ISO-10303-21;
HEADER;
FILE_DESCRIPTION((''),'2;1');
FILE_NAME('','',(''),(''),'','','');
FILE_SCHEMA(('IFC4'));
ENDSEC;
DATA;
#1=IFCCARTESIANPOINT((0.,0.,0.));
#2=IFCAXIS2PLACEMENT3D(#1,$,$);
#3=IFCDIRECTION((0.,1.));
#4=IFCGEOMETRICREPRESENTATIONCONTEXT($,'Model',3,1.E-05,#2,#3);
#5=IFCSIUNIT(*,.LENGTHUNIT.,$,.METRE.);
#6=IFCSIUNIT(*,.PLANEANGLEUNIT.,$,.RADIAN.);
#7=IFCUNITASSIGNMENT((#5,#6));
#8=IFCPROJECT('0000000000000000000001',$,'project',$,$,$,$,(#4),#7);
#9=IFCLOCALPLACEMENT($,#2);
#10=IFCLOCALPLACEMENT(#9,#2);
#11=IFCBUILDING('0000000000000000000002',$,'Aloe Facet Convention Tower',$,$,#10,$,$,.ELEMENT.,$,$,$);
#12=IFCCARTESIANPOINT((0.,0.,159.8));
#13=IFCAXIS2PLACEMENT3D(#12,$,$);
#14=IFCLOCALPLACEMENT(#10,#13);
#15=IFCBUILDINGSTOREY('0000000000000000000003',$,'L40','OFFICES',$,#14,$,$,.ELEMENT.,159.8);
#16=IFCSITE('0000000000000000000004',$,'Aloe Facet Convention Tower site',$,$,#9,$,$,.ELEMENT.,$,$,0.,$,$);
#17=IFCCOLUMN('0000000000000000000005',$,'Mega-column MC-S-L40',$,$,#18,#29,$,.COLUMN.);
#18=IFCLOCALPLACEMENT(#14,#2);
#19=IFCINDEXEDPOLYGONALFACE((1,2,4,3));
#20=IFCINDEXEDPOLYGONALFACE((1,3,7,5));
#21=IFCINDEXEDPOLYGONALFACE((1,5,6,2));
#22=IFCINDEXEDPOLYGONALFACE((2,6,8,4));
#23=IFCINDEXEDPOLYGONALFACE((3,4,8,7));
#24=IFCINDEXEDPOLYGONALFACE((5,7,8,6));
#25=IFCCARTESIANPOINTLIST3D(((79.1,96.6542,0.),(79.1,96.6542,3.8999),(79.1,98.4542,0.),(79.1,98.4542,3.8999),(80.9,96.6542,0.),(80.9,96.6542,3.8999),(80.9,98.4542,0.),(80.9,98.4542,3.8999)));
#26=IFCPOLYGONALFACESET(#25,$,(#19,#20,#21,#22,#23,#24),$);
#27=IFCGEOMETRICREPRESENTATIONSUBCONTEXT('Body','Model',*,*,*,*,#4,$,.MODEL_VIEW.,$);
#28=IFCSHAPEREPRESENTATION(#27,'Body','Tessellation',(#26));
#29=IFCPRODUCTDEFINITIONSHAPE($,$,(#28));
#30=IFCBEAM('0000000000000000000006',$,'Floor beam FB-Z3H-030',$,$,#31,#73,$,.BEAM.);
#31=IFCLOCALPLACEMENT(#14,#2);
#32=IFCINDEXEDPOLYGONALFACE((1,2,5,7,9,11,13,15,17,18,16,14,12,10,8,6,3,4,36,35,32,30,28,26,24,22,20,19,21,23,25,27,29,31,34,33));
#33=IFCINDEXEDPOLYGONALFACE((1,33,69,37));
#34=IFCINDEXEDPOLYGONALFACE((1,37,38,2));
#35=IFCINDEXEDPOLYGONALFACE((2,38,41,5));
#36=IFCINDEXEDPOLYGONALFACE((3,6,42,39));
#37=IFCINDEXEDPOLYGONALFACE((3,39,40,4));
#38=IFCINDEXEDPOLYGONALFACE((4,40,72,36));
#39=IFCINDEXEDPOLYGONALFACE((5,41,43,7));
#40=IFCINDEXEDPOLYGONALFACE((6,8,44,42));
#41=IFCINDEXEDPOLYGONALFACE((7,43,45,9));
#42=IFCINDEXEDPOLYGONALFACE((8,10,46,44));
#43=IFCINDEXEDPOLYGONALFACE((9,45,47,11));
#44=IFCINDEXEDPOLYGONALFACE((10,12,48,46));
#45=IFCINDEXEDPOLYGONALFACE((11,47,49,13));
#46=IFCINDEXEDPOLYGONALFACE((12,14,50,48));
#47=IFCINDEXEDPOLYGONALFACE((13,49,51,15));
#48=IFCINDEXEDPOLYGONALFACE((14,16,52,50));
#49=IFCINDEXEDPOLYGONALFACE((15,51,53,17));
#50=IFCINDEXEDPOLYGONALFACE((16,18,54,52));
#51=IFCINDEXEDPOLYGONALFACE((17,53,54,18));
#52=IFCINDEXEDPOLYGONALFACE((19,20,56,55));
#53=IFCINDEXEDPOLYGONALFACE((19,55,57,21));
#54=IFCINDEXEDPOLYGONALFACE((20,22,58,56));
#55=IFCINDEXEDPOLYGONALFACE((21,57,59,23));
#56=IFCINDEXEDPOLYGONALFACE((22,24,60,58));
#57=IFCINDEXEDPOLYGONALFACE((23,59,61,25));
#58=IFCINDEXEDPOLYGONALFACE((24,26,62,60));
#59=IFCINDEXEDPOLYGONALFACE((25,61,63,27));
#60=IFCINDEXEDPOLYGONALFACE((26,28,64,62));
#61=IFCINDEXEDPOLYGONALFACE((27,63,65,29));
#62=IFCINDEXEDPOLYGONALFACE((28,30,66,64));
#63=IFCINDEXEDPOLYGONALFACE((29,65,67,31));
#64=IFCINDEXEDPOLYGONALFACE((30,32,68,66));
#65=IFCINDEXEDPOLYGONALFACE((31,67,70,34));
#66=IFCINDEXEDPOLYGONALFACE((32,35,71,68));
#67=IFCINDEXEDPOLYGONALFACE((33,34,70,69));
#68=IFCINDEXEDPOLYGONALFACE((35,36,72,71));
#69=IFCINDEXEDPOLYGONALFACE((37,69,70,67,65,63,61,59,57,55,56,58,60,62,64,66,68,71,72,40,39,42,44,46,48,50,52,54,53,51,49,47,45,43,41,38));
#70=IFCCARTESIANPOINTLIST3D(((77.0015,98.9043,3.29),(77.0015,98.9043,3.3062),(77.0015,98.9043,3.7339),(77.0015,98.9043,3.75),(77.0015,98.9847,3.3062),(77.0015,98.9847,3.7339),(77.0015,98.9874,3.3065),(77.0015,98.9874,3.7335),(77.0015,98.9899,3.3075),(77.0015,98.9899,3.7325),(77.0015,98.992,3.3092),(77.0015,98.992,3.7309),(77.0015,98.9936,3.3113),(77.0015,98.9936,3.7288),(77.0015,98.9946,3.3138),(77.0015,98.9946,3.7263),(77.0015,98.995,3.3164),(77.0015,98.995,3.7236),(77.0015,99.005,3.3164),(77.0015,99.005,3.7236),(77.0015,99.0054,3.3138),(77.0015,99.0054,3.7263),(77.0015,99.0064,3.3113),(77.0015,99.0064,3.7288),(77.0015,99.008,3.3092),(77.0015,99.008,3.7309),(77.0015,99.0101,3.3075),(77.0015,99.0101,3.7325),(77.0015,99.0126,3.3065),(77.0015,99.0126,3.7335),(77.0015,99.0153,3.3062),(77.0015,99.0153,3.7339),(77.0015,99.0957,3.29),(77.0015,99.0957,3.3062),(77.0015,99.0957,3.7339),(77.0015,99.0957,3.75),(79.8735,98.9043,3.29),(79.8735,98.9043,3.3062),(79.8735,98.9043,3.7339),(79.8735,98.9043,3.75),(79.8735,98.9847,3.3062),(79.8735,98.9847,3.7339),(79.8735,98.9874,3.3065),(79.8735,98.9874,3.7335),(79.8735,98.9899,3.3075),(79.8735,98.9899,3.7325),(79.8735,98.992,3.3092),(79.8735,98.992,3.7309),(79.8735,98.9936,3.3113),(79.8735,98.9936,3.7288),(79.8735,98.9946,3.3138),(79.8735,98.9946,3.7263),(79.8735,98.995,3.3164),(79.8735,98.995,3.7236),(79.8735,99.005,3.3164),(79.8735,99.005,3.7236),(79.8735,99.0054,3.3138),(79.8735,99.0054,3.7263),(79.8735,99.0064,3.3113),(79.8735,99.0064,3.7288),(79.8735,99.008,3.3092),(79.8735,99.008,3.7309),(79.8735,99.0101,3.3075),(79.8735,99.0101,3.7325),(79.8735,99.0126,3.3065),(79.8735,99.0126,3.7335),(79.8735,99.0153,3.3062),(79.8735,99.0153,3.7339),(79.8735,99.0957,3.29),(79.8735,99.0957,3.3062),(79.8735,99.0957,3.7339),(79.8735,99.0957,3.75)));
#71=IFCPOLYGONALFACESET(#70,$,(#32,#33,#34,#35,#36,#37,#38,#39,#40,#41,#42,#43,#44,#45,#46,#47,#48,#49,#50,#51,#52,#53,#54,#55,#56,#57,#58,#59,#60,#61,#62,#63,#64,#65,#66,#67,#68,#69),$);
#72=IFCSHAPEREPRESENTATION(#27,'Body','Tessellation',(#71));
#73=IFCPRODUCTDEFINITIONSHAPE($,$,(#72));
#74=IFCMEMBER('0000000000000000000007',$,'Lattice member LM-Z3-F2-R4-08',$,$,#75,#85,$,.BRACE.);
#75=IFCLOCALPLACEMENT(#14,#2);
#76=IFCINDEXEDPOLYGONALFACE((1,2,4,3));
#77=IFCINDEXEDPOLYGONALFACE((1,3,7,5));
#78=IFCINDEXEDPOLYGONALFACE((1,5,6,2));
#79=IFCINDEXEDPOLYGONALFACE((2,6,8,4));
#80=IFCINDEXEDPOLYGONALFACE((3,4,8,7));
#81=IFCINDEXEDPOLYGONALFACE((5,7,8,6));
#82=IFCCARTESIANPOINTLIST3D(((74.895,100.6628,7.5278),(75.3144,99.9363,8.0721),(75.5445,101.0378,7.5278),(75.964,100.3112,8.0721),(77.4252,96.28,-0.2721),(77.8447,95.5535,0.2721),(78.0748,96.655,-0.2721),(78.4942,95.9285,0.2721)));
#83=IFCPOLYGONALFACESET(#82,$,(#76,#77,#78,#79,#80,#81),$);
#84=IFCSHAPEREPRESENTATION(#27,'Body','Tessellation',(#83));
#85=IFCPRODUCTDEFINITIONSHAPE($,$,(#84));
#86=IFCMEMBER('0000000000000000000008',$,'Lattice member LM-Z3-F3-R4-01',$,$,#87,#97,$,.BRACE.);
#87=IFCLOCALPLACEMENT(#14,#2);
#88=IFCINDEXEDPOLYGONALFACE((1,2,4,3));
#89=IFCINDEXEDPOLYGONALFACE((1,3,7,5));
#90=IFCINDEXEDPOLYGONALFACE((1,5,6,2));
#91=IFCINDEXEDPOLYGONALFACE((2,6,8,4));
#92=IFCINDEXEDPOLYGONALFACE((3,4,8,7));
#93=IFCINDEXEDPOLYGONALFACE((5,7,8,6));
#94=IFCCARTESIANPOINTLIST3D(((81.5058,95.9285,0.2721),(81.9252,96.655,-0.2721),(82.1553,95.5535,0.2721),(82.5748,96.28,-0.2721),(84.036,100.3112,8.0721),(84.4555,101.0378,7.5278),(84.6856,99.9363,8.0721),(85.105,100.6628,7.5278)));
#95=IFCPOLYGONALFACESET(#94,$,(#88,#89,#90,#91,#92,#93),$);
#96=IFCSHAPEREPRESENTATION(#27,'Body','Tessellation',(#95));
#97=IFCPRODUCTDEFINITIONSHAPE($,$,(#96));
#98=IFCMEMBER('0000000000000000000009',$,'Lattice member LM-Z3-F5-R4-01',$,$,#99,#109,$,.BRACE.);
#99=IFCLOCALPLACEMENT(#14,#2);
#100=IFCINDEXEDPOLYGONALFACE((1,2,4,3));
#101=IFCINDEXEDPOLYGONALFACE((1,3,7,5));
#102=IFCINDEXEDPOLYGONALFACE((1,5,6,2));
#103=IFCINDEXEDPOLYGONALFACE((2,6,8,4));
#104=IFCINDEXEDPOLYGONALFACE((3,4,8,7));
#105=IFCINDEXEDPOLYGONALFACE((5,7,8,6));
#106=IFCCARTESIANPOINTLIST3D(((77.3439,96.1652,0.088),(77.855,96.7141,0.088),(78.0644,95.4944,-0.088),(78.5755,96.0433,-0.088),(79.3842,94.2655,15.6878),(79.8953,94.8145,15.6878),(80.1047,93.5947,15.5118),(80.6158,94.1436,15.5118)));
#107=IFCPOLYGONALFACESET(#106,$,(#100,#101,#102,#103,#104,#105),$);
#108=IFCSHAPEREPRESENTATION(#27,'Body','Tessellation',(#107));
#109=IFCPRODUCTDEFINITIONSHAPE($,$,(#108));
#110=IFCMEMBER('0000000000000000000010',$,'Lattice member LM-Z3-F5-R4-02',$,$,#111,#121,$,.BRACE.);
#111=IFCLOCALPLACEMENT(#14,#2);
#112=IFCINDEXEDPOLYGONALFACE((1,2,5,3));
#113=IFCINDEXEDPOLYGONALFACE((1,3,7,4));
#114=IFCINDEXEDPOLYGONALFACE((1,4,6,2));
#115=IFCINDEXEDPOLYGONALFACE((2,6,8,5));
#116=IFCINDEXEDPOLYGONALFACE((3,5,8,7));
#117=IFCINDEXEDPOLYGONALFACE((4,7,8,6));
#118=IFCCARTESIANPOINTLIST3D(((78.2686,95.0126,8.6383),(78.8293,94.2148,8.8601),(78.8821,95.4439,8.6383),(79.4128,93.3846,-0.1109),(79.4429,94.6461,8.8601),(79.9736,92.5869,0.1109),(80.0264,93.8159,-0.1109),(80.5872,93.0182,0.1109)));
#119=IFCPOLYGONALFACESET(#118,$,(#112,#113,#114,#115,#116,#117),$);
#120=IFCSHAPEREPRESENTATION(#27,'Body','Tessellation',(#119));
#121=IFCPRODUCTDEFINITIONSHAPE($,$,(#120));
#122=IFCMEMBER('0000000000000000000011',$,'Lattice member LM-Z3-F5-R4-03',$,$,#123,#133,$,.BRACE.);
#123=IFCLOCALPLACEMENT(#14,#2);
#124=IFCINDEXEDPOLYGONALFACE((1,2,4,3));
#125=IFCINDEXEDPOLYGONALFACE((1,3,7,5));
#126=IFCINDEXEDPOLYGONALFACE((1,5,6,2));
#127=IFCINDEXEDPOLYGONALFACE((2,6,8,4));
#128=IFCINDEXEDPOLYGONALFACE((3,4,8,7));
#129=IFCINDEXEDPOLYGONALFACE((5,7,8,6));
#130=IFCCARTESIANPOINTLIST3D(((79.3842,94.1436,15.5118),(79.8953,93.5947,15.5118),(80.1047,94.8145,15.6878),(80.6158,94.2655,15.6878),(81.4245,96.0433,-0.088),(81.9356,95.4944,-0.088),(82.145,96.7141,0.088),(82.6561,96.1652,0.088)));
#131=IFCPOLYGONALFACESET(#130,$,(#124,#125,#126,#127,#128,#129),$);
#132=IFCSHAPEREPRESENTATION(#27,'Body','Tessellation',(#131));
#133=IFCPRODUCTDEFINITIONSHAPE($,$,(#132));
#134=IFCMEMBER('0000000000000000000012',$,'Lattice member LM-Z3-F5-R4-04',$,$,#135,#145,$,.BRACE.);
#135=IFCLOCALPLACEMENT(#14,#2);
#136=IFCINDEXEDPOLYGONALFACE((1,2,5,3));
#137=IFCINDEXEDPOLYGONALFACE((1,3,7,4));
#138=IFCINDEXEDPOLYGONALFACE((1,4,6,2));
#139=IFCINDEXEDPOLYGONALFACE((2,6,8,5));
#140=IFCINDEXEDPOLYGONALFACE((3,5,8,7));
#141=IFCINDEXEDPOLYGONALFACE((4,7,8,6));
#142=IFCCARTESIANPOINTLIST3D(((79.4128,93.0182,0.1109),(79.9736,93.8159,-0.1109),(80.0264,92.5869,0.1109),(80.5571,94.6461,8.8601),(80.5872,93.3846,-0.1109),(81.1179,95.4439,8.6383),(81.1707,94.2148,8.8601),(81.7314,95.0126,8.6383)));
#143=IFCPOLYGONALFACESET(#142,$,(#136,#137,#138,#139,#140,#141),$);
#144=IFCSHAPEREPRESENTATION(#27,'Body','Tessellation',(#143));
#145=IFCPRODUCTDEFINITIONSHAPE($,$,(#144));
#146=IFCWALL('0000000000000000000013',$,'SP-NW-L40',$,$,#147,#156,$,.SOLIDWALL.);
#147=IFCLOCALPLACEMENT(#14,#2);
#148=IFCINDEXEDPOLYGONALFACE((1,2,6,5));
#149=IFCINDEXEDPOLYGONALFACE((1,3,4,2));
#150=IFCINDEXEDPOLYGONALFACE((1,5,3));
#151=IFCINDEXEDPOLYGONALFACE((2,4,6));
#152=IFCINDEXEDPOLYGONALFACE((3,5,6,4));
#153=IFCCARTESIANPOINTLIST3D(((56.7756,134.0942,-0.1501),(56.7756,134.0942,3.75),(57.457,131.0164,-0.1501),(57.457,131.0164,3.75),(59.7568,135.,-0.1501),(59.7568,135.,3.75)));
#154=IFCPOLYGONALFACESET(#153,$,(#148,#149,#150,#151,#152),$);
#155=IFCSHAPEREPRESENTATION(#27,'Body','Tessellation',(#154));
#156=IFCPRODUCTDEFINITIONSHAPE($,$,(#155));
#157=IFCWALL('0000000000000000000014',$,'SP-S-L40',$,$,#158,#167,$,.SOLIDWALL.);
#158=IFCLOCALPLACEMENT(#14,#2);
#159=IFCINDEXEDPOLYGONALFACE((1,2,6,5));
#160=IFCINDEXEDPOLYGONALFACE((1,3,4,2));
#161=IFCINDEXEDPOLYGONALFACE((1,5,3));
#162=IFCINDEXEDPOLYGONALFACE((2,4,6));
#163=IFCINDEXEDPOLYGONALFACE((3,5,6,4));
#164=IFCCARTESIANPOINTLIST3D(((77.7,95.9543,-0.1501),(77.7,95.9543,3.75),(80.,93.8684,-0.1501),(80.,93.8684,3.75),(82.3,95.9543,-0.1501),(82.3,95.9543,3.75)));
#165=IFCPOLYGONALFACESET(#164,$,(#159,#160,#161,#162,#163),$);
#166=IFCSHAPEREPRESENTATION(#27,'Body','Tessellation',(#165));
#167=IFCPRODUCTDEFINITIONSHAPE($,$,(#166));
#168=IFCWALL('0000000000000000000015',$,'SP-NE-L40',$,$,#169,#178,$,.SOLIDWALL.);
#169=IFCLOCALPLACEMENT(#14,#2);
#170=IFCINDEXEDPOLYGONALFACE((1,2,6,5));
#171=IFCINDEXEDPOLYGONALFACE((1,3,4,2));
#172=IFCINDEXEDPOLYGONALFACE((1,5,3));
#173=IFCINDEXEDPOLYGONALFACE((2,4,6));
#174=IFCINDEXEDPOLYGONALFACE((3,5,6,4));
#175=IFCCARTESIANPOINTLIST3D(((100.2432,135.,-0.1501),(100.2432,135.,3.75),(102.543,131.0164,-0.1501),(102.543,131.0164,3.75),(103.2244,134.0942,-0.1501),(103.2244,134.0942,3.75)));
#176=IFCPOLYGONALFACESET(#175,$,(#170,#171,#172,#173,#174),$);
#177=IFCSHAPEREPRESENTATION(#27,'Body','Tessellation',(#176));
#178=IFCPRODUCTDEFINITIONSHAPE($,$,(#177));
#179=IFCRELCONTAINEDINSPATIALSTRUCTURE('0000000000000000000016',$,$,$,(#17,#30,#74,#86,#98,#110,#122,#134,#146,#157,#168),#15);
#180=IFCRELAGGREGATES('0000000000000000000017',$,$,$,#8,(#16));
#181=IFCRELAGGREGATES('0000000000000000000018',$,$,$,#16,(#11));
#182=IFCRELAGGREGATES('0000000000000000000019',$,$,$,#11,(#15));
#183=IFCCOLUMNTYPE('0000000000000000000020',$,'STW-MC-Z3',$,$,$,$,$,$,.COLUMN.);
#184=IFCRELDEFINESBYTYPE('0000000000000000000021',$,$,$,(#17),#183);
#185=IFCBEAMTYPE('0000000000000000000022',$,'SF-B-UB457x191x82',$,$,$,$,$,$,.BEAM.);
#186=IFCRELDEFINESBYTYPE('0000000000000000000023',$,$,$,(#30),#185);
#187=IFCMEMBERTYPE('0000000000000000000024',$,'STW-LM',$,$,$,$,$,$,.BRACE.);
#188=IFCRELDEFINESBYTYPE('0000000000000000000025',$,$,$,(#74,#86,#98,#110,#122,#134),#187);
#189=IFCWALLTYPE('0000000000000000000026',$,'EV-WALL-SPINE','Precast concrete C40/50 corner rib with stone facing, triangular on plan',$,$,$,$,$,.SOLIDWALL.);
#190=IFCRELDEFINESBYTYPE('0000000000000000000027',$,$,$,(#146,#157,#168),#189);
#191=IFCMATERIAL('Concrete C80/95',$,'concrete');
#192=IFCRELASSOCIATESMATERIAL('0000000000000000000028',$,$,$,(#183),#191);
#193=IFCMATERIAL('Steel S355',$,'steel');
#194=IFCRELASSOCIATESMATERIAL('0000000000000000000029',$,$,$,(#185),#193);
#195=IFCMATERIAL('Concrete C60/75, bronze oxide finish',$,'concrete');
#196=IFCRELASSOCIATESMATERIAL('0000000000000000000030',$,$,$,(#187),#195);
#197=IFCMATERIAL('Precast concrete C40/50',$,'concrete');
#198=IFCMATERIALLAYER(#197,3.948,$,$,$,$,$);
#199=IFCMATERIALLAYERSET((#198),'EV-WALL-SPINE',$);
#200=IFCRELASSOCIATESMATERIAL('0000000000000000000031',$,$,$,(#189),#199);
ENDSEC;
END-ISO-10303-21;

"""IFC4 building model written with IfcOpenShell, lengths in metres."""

from ifc_helpers import new_model, si_unit, direction, frame, origin, origin_2d, place, context, subcontext, project, spatial, polyline, rectangle, i_section, outline, extrude, material, layer, layer_set, material_profile, profile_set, type_object, element, save


model = new_model("IFC4")

# Units and contexts
model_context = context("Model", 3, precision=1e-05, world=origin(), true_north=direction((0.0, 1.0)))
body_context = subcontext(model_context, "Body", "Model", "MODEL_VIEW")
ifc_project = project(units=[si_unit("LENGTHUNIT", "METRE"), si_unit("PLANEANGLEUNIT", "RADIAN")], contexts=[model_context])

# Site, building, storey
site_placement = place(None, origin())
site = spatial("IfcSite", under=ifc_project, at=site_placement, Name="Aloe Facet Convention Tower site", CompositionType="ELEMENT", RefElevation=0.0)
building_placement = place(site_placement, origin())
building = spatial("IfcBuilding", under=site, at=building_placement, Name="Aloe Facet Convention Tower", CompositionType="ELEMENT")
storey_placement = place(building_placement, frame((0.0, 0.0, 159.8)))
storey = spatial("IfcBuildingStorey", under=building, at=storey_placement, Name="L40", Description="OFFICES", CompositionType="ELEMENT", Elevation=159.8)

# Column
ifc_material_1 = material(Name="Concrete C80/95", Category="concrete")
ifc_material_profile_1 = material_profile(ifc_material_1, rectangle(XDim=1.8, YDim=1.8, at=origin_2d()), Name="STW-MC-Z3")
ifc_profile_set_1 = profile_set([ifc_material_profile_1], Name="Concrete C80/95")
column_type = type_object("IfcColumnType", Name="STW-MC-Z3", PredefinedType="COLUMN", material=ifc_profile_set_1)
column_placement = place(storey_placement, frame((80.0, 97.5542, 0.0), z_axis=(0.0, 0.0, 1.0), x_axis=(1.0, 0.0, 0.0)))
element("IfcColumn", 1, at=column_placement, inside=storey, type_object=column_type, Name="Mega-column MC-S-L40", PredefinedType="COLUMN", context=body_context, shape_type="SweptSolid", body=[
    extrude(rectangle(XDim=1.8, YDim=1.8, at=origin_2d()), origin(), (0.0, 0.0, 1.0), 3.8999),
])

# Beam
ifc_material_2 = material(Name="Steel S355", Category="steel")
ifc_material_profile_2 = material_profile(ifc_material_2, i_section(OverallWidth=0.1914, OverallDepth=0.46, WebThickness=0.01, FlangeThickness=0.0161, FilletRadius=0.0103, at=origin_2d()), Name="UB 457x191x82")
ifc_profile_set_2 = profile_set([ifc_material_profile_2], Name="Steel S355")
beam_type = type_object("IfcBeamType", Name="SF-B-UB457x191x82", PredefinedType="BEAM", material=ifc_profile_set_2)
beam_placement = place(storey_placement, frame((77.0015, 99.0, 3.52), z_axis=(1.0, 0.0, 0.0), x_axis=(0.0, 1.0, 0.0)))
element("IfcBeam", 2, at=beam_placement, inside=storey, type_object=beam_type, Name="Floor beam FB-Z3H-030", PredefinedType="BEAM", context=body_context, shape_type="SweptSolid", body=[
    extrude(i_section(OverallWidth=0.1914, OverallDepth=0.46, WebThickness=0.01, FlangeThickness=0.0161, FilletRadius=0.0103, at=origin_2d()), origin(), (0.0, 0.0, 1.0), 2.8721),
])

# Members
ifc_material_3 = material(Name="Concrete C60/75, bronze oxide finish", Category="concrete")
ifc_material_profile_3 = material_profile(ifc_material_3, rectangle(XDim=0.75, YDim=1.0, at=origin_2d()), Name="STW-LM")
ifc_profile_set_3 = profile_set([ifc_material_profile_3], Name="Concrete C60/75, bronze oxide finish")
member_type = type_object("IfcMemberType", Name="STW-LM", PredefinedType="BRACE", material=ifc_profile_set_3)
for number, where, z_axis, x_axis, name in (
    (3, (77.9597, 96.1042, 0.0), (-0.272132, 0.471373, 0.838899), (-0.866038, -0.499979, 0.0), "Lattice member LM-Z3-F2-R4-08"),
    (4, (82.0403, 96.1042, 0.0), (0.272132, 0.471373, 0.838899), (-0.866038, 0.499979, 0.0), "Lattice member LM-Z3-F3-R4-01"),
):
    element("IfcMember", number, at=place(storey_placement, frame(where, z_axis=z_axis, x_axis=x_axis)), inside=storey, type_object=member_type, Name=name, PredefinedType="BRACE", context=body_context, shape_type="SweptSolid", body=[
        extrude(rectangle(XDim=0.75, YDim=1.0, at=origin_2d()), origin(), (0.0, 0.0, 1.0), 9.2979),
    ])
member_1_placement = place(storey_placement, frame((77.9597, 96.1042, 0.0), z_axis=(0.128749, -0.119875, 0.984405), x_axis=(0.681435, 0.731879, 0.0)))
element("IfcMember", 5, at=member_1_placement, inside=storey, type_object=member_type, Name="Lattice member LM-Z3-F5-R4-01", PredefinedType="BRACE", context=body_context, shape_type="SweptSolid", body=[
    extrude(rectangle(XDim=0.75, YDim=1.0, at=origin_2d()), origin(), (0.0, 0.0, 1.0), 15.8469),
])
member_2_placement = place(storey_placement, frame((80.0, 93.2014, 0.0), z_axis=(-0.12753, 0.181432, 0.975099), x_axis=(-0.818112, -0.575059, 0.0)))
element("IfcMember", 6, at=member_2_placement, inside=storey, type_object=member_type, Name="Lattice member LM-Z3-F5-R4-02", PredefinedType="BRACE", context=body_context, shape_type="SweptSolid", body=[
    extrude(rectangle(XDim=0.75, YDim=1.0, at=origin_2d()), origin(), (0.0, 0.0, 1.0), 8.9727),
])
member_3_placement = place(storey_placement, frame((82.0403, 96.1042, 0.0), z_axis=(-0.128749, -0.119875, 0.984405), x_axis=(0.681435, -0.731879, 0.0)))
element("IfcMember", 7, at=member_3_placement, inside=storey, type_object=member_type, Name="Lattice member LM-Z3-F5-R4-03", PredefinedType="BRACE", context=body_context, shape_type="SweptSolid", body=[
    extrude(rectangle(XDim=0.75, YDim=1.0, at=origin_2d()), origin(), (0.0, 0.0, 1.0), 15.8469),
])
member_4_placement = place(storey_placement, frame((80.0, 93.2014, 0.0), z_axis=(0.12753, 0.181432, 0.975099), x_axis=(-0.818112, 0.575059, 0.0)))
element("IfcMember", 8, at=member_4_placement, inside=storey, type_object=member_type, Name="Lattice member LM-Z3-F5-R4-04", PredefinedType="BRACE", context=body_context, shape_type="SweptSolid", body=[
    extrude(rectangle(XDim=0.75, YDim=1.0, at=origin_2d()), origin(), (0.0, 0.0, 1.0), 8.9727),
])

# Walls
ifc_material_4 = material(Name="Precast concrete C40/50", Category="concrete")
ifc_layer_1 = layer(ifc_material_4, 3.948)
ifc_layer_set_1 = layer_set([ifc_layer_1], Name="EV-WALL-SPINE")
wall_type_1 = type_object("IfcWallType", Name="EV-WALL-SPINE", Description="Precast concrete C40/50 corner rib with stone facing, triangular on plan", PredefinedType="SOLIDWALL", material=ifc_layer_set_1)
wall_1_placement = place(storey_placement, frame((0.0, 0.0, -0.1501)))
element("IfcWall", 9, at=wall_1_placement, inside=storey, type_object=wall_type_1, Name="SP-NW-L40", PredefinedType="SOLIDWALL", context=body_context, shape_type="SweptSolid", body=[
    extrude(outline(polyline([(59.7568, 135.0), (56.7756, 134.0942), (57.457, 131.0164), (59.7568, 135.0)])), origin(), (0.0, 0.0, 1.0), 3.9001),
])
wall_2_placement = place(storey_placement, frame((0.0, 0.0, -0.1501)))
element("IfcWall", 10, at=wall_2_placement, inside=storey, type_object=wall_type_1, Name="SP-S-L40", PredefinedType="SOLIDWALL", context=body_context, shape_type="SweptSolid", body=[
    extrude(outline(polyline([(77.7, 95.9543), (80.0, 93.8684), (82.3, 95.9543), (77.7, 95.9543)])), origin(), (0.0, 0.0, 1.0), 3.9001),
])
wall_3_placement = place(storey_placement, frame((0.0, 0.0, -0.1501)))
element("IfcWall", 11, at=wall_3_placement, inside=storey, type_object=wall_type_1, Name="SP-NE-L40", PredefinedType="SOLIDWALL", context=body_context, shape_type="SweptSolid", body=[
    extrude(outline(polyline([(102.543, 131.0164), (103.2244, 134.0942), (100.2432, 135.0), (102.543, 131.0164)])), origin(), (0.0, 0.0, 1.0), 3.9001),
])

save(model, "model.ifc")
